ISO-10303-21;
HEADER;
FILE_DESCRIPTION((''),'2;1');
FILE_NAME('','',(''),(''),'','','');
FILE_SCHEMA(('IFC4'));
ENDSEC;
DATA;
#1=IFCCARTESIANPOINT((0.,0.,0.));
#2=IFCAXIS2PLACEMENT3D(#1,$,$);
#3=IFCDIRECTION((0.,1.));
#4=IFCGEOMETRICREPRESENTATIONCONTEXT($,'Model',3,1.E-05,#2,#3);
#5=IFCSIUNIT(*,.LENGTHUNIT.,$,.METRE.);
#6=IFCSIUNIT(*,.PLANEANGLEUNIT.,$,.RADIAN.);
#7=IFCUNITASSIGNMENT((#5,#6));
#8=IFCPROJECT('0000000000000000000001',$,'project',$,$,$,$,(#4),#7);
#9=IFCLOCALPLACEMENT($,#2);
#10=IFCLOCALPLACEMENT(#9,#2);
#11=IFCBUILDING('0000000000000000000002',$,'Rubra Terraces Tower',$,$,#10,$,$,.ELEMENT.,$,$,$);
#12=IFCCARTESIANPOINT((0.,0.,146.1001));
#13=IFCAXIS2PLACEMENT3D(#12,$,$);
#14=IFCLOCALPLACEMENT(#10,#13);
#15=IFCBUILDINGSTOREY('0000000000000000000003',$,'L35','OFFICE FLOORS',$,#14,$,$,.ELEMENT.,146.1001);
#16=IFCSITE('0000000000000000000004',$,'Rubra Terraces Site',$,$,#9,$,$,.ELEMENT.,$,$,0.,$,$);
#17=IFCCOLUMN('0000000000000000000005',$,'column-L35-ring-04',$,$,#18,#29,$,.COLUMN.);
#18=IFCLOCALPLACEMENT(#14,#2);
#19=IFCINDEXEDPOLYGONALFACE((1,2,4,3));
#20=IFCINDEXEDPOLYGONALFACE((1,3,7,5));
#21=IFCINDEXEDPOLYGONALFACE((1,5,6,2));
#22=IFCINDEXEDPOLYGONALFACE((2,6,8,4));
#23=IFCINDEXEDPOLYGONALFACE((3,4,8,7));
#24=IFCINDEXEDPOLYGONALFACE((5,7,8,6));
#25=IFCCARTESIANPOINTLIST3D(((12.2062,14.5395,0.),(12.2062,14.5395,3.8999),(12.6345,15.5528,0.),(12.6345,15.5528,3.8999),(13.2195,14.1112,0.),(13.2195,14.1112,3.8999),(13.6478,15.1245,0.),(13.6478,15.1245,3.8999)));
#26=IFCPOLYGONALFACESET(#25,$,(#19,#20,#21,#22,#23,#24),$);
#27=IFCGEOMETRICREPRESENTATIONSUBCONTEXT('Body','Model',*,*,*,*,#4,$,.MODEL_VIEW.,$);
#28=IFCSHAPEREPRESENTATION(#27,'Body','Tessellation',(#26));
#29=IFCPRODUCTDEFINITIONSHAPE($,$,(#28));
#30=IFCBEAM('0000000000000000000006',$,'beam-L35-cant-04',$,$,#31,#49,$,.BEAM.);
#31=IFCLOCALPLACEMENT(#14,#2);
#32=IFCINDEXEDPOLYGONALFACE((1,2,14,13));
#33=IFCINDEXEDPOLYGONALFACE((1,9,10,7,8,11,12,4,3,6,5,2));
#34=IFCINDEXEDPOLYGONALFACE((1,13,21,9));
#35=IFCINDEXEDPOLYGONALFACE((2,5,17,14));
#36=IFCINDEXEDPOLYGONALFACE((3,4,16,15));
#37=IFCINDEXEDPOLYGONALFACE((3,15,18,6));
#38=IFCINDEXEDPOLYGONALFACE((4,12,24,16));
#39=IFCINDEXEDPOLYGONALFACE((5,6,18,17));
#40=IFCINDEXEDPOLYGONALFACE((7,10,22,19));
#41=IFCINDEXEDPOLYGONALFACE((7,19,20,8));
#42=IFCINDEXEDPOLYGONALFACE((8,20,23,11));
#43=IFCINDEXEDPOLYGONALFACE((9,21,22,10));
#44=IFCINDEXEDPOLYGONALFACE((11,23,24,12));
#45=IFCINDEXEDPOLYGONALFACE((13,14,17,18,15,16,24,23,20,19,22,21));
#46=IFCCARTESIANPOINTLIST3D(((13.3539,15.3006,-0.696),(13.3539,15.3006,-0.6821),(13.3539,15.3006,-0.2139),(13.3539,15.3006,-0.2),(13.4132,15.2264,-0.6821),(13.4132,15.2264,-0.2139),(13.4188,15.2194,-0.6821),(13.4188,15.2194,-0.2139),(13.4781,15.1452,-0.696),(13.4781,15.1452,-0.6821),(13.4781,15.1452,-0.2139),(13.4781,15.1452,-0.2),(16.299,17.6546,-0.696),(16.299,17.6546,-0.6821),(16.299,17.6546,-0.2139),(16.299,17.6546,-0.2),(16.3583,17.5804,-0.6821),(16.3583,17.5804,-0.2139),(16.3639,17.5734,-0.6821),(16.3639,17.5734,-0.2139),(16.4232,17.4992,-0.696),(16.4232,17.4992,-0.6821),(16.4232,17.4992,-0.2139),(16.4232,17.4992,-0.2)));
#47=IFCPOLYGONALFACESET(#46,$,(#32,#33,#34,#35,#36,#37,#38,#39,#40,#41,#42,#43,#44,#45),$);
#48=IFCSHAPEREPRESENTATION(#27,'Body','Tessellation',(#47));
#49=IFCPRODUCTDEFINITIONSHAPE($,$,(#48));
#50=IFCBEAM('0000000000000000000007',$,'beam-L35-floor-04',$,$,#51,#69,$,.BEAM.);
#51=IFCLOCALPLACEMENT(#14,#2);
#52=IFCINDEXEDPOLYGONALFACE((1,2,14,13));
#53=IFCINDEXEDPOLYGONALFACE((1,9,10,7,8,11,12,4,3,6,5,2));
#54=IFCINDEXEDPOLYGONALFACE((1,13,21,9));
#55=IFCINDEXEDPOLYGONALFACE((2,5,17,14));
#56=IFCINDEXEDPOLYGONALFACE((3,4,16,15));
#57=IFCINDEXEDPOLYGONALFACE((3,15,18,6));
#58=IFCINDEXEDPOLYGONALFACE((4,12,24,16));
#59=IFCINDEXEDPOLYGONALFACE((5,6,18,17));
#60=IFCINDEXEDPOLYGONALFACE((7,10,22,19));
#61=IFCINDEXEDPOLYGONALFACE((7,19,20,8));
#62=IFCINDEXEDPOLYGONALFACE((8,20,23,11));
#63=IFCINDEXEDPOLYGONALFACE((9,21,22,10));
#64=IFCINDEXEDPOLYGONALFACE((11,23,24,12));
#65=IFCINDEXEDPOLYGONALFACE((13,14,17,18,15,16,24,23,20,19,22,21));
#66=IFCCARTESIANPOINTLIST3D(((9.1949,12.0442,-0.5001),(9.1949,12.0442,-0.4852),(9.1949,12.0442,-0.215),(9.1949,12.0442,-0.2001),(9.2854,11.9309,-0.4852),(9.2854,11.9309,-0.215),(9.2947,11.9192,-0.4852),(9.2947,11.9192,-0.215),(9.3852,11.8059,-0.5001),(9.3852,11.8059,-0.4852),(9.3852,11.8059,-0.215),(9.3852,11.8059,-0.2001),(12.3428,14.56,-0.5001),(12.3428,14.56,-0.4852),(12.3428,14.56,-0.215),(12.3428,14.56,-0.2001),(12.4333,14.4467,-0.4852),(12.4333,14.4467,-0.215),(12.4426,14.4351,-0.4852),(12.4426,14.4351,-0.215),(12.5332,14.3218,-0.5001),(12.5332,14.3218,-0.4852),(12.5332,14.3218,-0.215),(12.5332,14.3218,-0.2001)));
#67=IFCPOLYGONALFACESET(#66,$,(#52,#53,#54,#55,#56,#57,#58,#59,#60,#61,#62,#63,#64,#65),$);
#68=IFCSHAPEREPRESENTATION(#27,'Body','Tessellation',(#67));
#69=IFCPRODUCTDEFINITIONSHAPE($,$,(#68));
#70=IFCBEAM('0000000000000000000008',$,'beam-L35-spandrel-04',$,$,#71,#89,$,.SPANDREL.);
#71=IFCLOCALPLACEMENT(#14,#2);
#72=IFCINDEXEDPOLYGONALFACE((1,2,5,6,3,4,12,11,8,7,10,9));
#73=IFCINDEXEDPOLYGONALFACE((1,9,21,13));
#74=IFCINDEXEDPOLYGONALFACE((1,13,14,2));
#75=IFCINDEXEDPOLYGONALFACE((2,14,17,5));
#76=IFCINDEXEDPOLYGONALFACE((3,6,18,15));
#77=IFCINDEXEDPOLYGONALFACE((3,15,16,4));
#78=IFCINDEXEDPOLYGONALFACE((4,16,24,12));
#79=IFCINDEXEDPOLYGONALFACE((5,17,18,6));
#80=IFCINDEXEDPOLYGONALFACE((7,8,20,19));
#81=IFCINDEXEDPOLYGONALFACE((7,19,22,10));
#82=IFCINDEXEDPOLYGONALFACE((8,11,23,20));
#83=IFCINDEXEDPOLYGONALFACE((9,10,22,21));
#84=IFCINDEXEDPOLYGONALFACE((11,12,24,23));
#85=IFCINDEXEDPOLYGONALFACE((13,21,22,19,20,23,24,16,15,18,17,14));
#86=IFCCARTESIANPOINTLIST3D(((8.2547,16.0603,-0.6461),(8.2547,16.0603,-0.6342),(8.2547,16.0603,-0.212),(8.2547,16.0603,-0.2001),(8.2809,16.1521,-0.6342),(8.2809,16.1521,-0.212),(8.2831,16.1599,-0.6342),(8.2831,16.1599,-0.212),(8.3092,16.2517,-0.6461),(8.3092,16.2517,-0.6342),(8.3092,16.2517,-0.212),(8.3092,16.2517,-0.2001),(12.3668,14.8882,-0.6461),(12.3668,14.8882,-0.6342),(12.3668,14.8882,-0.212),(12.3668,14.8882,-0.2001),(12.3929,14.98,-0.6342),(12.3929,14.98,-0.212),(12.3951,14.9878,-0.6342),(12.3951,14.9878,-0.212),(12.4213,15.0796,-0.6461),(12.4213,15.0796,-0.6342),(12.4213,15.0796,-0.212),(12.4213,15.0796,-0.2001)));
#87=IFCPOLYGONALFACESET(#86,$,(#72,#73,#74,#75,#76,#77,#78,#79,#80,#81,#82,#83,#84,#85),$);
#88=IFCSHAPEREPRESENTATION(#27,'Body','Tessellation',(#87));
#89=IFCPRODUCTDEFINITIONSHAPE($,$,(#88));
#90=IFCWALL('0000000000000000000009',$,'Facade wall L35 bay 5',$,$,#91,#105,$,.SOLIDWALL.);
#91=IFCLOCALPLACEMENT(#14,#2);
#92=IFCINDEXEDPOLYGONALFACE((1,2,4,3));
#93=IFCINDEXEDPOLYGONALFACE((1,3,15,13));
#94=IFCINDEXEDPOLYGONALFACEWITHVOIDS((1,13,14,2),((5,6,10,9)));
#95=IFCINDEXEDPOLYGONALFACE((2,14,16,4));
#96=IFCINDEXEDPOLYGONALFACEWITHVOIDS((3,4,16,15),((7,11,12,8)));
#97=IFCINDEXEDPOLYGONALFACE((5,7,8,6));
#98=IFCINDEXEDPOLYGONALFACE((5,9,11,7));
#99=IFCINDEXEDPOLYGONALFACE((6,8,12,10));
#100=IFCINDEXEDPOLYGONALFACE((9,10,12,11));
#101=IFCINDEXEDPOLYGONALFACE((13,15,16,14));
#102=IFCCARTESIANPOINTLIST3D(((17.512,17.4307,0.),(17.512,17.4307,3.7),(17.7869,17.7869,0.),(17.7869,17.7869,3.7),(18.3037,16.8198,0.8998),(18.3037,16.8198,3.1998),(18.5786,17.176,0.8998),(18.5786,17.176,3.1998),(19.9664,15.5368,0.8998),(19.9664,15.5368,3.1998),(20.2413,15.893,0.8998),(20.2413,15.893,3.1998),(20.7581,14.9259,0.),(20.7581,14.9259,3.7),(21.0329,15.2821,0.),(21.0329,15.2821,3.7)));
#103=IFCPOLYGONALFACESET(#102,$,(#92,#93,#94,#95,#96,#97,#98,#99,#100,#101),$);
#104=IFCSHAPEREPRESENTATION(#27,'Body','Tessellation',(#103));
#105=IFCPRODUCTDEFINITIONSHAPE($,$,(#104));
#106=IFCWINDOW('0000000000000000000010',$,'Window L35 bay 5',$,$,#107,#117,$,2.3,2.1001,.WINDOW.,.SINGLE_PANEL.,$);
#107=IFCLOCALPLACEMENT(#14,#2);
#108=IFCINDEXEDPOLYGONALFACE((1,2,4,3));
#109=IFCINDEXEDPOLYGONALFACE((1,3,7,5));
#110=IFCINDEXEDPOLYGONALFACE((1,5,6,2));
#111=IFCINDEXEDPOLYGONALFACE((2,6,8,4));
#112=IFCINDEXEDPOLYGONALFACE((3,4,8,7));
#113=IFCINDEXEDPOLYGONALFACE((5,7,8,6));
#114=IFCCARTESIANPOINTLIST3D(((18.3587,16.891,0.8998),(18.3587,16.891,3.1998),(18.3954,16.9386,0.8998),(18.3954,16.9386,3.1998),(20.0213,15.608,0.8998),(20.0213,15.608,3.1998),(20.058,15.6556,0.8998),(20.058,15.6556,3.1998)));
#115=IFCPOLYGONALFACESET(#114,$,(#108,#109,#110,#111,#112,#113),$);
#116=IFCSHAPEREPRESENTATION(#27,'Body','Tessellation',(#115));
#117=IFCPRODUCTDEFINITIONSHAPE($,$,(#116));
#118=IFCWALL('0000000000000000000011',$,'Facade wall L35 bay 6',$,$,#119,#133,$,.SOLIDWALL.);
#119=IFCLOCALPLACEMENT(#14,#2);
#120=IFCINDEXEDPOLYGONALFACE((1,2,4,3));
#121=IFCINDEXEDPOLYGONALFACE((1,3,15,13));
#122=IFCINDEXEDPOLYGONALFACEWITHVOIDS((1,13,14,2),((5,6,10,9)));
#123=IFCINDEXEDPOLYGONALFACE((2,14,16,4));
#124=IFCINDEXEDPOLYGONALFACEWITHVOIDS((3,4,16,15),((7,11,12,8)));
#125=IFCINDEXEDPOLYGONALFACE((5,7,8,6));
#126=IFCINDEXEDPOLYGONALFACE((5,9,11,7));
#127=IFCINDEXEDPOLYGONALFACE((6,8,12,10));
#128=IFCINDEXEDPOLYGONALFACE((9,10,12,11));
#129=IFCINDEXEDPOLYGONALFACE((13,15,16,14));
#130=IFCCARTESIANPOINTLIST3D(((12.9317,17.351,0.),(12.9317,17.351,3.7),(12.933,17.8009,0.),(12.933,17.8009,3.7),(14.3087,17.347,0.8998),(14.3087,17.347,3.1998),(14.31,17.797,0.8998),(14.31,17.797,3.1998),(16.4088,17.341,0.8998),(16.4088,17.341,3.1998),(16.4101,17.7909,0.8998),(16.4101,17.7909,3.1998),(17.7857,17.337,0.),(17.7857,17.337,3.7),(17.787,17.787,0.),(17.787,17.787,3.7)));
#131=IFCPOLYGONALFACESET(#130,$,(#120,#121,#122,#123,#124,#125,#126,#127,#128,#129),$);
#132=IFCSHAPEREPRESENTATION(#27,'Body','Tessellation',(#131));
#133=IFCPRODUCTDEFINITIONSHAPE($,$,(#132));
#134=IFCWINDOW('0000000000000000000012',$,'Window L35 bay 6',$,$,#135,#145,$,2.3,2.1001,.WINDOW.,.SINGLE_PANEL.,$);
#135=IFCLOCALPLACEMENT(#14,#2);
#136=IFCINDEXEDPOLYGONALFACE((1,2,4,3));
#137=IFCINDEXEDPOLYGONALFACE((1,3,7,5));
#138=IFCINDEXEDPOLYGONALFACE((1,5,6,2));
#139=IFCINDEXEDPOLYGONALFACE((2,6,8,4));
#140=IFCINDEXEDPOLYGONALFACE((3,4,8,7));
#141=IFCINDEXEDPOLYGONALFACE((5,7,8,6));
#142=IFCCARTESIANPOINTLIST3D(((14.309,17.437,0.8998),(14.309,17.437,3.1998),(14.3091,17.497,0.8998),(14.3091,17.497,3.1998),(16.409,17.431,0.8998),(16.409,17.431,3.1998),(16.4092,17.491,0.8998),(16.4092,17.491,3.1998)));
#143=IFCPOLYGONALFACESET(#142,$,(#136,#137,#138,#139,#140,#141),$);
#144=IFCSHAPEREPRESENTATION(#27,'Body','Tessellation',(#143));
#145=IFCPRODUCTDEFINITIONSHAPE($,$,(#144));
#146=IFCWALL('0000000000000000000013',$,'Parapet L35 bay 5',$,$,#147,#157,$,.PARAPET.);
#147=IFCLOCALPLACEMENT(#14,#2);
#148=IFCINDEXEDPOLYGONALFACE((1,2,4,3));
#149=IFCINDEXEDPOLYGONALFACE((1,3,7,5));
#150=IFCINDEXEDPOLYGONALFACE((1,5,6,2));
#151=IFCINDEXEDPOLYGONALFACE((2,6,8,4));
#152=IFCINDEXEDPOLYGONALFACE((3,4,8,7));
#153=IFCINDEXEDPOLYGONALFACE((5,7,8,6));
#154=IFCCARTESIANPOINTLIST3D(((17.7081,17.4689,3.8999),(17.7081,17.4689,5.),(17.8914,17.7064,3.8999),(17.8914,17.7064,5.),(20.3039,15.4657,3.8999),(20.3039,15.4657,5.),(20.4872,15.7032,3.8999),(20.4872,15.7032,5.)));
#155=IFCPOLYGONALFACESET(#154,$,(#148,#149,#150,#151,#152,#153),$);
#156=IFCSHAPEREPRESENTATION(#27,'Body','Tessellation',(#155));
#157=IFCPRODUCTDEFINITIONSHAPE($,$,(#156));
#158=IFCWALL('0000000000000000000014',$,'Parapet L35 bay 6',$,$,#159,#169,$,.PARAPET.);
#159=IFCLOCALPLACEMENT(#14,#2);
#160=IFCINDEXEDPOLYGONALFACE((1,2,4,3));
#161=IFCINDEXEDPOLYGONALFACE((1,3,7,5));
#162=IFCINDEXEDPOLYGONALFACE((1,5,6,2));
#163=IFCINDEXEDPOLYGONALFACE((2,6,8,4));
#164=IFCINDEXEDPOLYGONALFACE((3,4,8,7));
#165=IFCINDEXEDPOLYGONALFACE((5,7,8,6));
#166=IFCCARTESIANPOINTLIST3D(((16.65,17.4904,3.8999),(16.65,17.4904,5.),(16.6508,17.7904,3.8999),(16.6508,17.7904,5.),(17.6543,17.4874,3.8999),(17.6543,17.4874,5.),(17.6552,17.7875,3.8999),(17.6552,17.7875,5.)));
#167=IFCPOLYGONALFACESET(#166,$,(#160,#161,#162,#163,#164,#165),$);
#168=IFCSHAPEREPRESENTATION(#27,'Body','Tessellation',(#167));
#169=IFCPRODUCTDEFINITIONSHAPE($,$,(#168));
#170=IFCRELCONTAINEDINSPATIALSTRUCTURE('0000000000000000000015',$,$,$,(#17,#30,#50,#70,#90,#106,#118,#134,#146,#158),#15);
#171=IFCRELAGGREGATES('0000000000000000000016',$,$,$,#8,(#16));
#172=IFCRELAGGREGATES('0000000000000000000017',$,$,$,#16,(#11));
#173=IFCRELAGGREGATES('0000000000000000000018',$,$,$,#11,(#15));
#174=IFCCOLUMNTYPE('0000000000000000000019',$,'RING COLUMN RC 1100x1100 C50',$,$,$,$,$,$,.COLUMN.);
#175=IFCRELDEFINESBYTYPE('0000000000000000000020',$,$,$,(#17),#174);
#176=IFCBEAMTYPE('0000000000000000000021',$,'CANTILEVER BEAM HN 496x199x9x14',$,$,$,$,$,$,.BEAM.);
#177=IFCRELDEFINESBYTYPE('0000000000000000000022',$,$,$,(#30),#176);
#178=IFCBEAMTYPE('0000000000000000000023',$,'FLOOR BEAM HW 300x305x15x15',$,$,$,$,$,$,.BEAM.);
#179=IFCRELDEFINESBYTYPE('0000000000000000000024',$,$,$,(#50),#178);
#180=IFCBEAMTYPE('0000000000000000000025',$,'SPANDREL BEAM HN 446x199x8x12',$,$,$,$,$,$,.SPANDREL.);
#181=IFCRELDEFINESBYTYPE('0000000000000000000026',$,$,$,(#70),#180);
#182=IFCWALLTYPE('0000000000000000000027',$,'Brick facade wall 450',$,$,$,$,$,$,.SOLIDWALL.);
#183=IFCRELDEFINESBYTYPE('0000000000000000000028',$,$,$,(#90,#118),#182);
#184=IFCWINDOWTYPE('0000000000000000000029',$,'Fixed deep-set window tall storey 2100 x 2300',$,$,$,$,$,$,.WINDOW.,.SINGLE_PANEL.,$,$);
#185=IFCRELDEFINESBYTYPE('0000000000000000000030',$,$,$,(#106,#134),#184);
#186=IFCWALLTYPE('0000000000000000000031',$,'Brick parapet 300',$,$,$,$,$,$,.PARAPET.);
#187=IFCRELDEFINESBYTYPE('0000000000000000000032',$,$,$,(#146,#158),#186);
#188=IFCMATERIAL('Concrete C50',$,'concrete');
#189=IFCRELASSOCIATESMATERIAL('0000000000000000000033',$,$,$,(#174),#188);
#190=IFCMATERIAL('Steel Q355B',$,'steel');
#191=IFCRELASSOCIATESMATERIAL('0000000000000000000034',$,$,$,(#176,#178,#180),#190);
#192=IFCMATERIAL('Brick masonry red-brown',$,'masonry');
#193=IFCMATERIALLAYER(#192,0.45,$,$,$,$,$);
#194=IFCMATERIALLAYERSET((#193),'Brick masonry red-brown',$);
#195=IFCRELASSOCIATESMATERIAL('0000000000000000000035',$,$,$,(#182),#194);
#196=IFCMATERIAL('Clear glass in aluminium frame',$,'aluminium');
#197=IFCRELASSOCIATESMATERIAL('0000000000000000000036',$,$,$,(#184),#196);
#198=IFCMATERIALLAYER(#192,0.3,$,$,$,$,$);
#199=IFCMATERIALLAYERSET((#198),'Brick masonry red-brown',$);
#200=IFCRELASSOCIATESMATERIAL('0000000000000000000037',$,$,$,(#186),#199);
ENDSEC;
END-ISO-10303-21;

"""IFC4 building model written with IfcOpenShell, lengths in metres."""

from ifc_helpers import new_model, si_unit, direction, frame, frame_2d, origin, origin_2d, place, context, subcontext, project, spatial, rectangle, i_section, extrude, material, layer, layer_set, material_profile, profile_set, type_object, element, fill, save


model = new_model("IFC4")

# Units and contexts
model_context = context("Model", 3, precision=1e-05, world=origin(), true_north=direction((0.0, 1.0)))
body_context = subcontext(model_context, "Body", "Model", "MODEL_VIEW")
ifc_project = project(units=[si_unit("LENGTHUNIT", "METRE"), si_unit("PLANEANGLEUNIT", "RADIAN")], contexts=[model_context])

# Site, building, storey
site_placement = place(None, origin())
site = spatial("IfcSite", under=ifc_project, at=site_placement, Name="Rubra Terraces Site", CompositionType="ELEMENT", RefElevation=0.0)
building_placement = place(site_placement, origin())
building = spatial("IfcBuilding", under=site, at=building_placement, Name="Rubra Terraces Tower", CompositionType="ELEMENT")
storey_placement = place(building_placement, frame((0.0, 0.0, 146.1001)))
storey = spatial("IfcBuildingStorey", under=building, at=storey_placement, Name="L35", Description="OFFICE FLOORS", CompositionType="ELEMENT", Elevation=146.1001)

# Column
ifc_material_1 = material(Name="Concrete C50", Category="concrete")
ifc_material_profile_1 = material_profile(ifc_material_1, rectangle(XDim=1.1001, YDim=1.1001, at=origin_2d()), Name="RC 1100x1100")
ifc_profile_set_1 = profile_set([ifc_material_profile_1], Name="Concrete C50")
column_type = type_object("IfcColumnType", Name="RING COLUMN RC 1100x1100 C50", PredefinedType="COLUMN", material=ifc_profile_set_1)
column_placement = place(storey_placement, frame((12.927, 14.832, 0.0), z_axis=(0.0, 0.0, 1.0), x_axis=(-0.921106, 0.389313, 0.0)))
element("IfcColumn", 1, at=column_placement, inside=storey, type_object=column_type, Name="column-L35-ring-04", PredefinedType="COLUMN", context=body_context, shape_type="SweptSolid", body=[
    extrude(rectangle(XDim=1.1001, YDim=1.1001, at=origin_2d()), origin(), (0.0, 0.0, 1.0), 3.8999),
])

# Beams
ifc_material_2 = material(Name="Steel Q355B", Category="steel")
ifc_material_profile_2 = material_profile(ifc_material_2, i_section(OverallWidth=0.199, OverallDepth=0.4961, WebThickness=0.009, FlangeThickness=0.0139, at=origin_2d()), Name="HN 496x199x9x14")
ifc_profile_set_2 = profile_set([ifc_material_profile_2], Name="Steel Q355B")
beam_type_1 = type_object("IfcBeamType", Name="CANTILEVER BEAM HN 496x199x9x14", PredefinedType="BEAM", material=ifc_profile_set_2)
beam_1_placement = place(storey_placement, frame((13.416, 15.2229, -0.448), z_axis=(0.781134, 0.624363, 0.0), x_axis=(-0.624363, 0.781134, 0.0)))
element("IfcBeam", 2, at=beam_1_placement, inside=storey, type_object=beam_type_1, Name="beam-L35-cant-04", PredefinedType="BEAM", context=body_context, shape_type="SweptSolid", body=[
    extrude(i_section(OverallWidth=0.199, OverallDepth=0.4961, WebThickness=0.009, FlangeThickness=0.0139, at=origin_2d()), origin(), (0.0, 0.0, 1.0), 3.7703),
])
ifc_material_profile_3 = material_profile(ifc_material_2, i_section(OverallWidth=0.3049, OverallDepth=0.3, WebThickness=0.0149, FlangeThickness=0.0149, at=origin_2d()), Name="HW 300x305x15x15")
ifc_profile_set_3 = profile_set([ifc_material_profile_3], Name="Steel Q355B")
beam_type_2 = type_object("IfcBeamType", Name="FLOOR BEAM HW 300x305x15x15", PredefinedType="BEAM", material=ifc_profile_set_3)
beam_2_placement = place(storey_placement, frame((12.438, 14.4409, -0.3501), z_axis=(-0.78117, -0.624318, 0.0), x_axis=(0.624318, -0.78117, 0.0)))
element("IfcBeam", 3, at=beam_2_placement, inside=storey, type_object=beam_type_2, Name="beam-L35-floor-04", PredefinedType="BEAM", context=body_context, shape_type="SweptSolid", body=[
    extrude(i_section(OverallWidth=0.3049, OverallDepth=0.3, WebThickness=0.0149, FlangeThickness=0.0149, at=origin_2d()), origin(), (0.0, 0.0, 1.0), 4.0298),
])
ifc_material_profile_4 = material_profile(ifc_material_2, i_section(OverallWidth=0.199, OverallDepth=0.446, WebThickness=0.0081, FlangeThickness=0.012, at=origin_2d()), Name="HN 446x199x8x12")
ifc_profile_set_4 = profile_set([ifc_material_profile_4], Name="Steel Q355B")
beam_type_3 = type_object("IfcBeamType", Name="SPANDREL BEAM HN 446x199x8x12", PredefinedType="SPANDREL", material=ifc_profile_set_4)
beam_3_placement = place(storey_placement, frame((12.394, 14.9839, -0.4231), z_axis=(-0.961694, 0.274125, 0.0), x_axis=(-0.274125, -0.961694, 0.0)))
element("IfcBeam", 4, at=beam_3_placement, inside=storey, type_object=beam_type_3, Name="beam-L35-spandrel-04", PredefinedType="SPANDREL", context=body_context, shape_type="SweptSolid", body=[
    extrude(i_section(OverallWidth=0.199, OverallDepth=0.446, WebThickness=0.0081, FlangeThickness=0.012, at=origin_2d()), origin(), (0.0, 0.0, 1.0), 4.2759),
])

# Walls, openings, windows
ifc_material_3 = material(Name="Brick masonry red-brown", Category="masonry")
ifc_layer_1 = layer(ifc_material_3, 0.45)
ifc_layer_set_1 = layer_set([ifc_layer_1], Name="Brick masonry red-brown")
wall_type_1 = type_object("IfcWallType", Name="Brick facade wall 450", PredefinedType="SOLIDWALL", material=ifc_layer_set_1)
wall_1_placement = place(storey_placement, frame((20.8955, 15.104, 0.0), z_axis=(0.0, 0.0, 1.0), x_axis=(-0.791693, 0.610919, 0.0)))
wall_1 = element("IfcWall", 5, at=wall_1_placement, inside=storey, type_object=wall_type_1, Name="Facade wall L35 bay 5", PredefinedType="SOLIDWALL", context=body_context, shape_type="SweptSolid", body=[
    extrude(rectangle(XDim=4.1001, YDim=0.45, at=frame_2d((2.05, 0.0))), origin(), (0.0, 0.0, 1.0), 3.7),
])
opening_1_placement = place(wall_1_placement, frame((1.0, 0.0, 0.8999)))
opening_1 = element("IfcOpeningElement", 6, at=opening_1_placement, cuts=wall_1, PredefinedType="OPENING", context=body_context, shape_type="SweptSolid", body=[
    extrude(rectangle(XDim=2.1001, YDim=2.3, at=frame_2d((1.05, 1.1499))), frame((0.0, 0.2349, 0.0), z_axis=(0.0, -1.0, 0.0), x_axis=(1.0, 0.0, 0.0)), (0.0, 0.0, 1.0), 0.47),
])
ifc_material_4 = material(Name="Clear glass in aluminium frame", Category="aluminium")
window_type = type_object("IfcWindowType", Name="Fixed deep-set window tall storey 2100 x 2300", PartitioningType="SINGLE_PANEL", PredefinedType="WINDOW", material=ifc_material_4)
window_1_placement = place(opening_1_placement, origin())
window_1 = element("IfcWindow", 7, at=window_1_placement, inside=storey, type_object=window_type, Name="Window L35 bay 5", OverallHeight=2.3, OverallWidth=2.1001, PartitioningType="SINGLE_PANEL", PredefinedType="WINDOW", context=body_context, shape_type="SweptSolid", body=[
    extrude(rectangle(XDim=2.1001, YDim=2.3, at=frame_2d((1.05, 1.1499))), frame((0.0, 0.135, 0.0), z_axis=(0.0, -1.0, 0.0), x_axis=(1.0, 0.0, 0.0)), (0.0, 0.0, 1.0), 0.0601),
])
fill(opening_1, window_1)
wall_2_placement = place(storey_placement, frame((17.7864, 17.562, 0.0), z_axis=(0.0, 0.0, 1.0), x_axis=(-0.999996, 0.002867, 0.0)))
wall_2 = element("IfcWall", 8, at=wall_2_placement, inside=storey, type_object=wall_type_1, Name="Facade wall L35 bay 6", PredefinedType="SOLIDWALL", context=body_context, shape_type="SweptSolid", body=[
    extrude(rectangle(XDim=4.854, YDim=0.45, at=frame_2d((2.427, 0.0))), origin(), (0.0, 0.0, 1.0), 3.7),
])
opening_2_placement = place(wall_2_placement, frame((1.377, 0.0, 0.8999)))
opening_2 = element("IfcOpeningElement", 9, at=opening_2_placement, cuts=wall_2, PredefinedType="OPENING", context=body_context, shape_type="SweptSolid", body=[
    extrude(rectangle(XDim=2.1001, YDim=2.3, at=frame_2d((1.05, 1.1499))), frame((0.0, 0.2349, 0.0), z_axis=(0.0, -1.0, 0.0), x_axis=(1.0, 0.0, 0.0)), (0.0, 0.0, 1.0), 0.47),
])
window_2_placement = place(opening_2_placement, origin())
window_2 = element("IfcWindow", 10, at=window_2_placement, inside=storey, type_object=window_type, Name="Window L35 bay 6", OverallHeight=2.3, OverallWidth=2.1001, PartitioningType="SINGLE_PANEL", PredefinedType="WINDOW", context=body_context, shape_type="SweptSolid", body=[
    extrude(rectangle(XDim=2.1001, YDim=2.3, at=frame_2d((1.05, 1.1499))), frame((0.0, 0.135, 0.0), z_axis=(0.0, -1.0, 0.0), x_axis=(1.0, 0.0, 0.0)), (0.0, 0.0, 1.0), 0.0601),
])
fill(opening_2, window_2)

# Walls
ifc_layer_2 = layer(ifc_material_3, 0.3)
ifc_layer_set_2 = layer_set([ifc_layer_2], Name="Brick masonry red-brown")
wall_type_2 = type_object("IfcWallType", Name="Brick parapet 300", PredefinedType="PARAPET", material=ifc_layer_set_2)
wall_3_placement = place(storey_placement, frame((20.3955, 15.5845, 3.8999), z_axis=(0.0, 0.0, 1.0), x_axis=(-0.791668, 0.610951, 0.0)))
element("IfcWall", 11, at=wall_3_placement, inside=storey, type_object=wall_type_2, Name="Parapet L35 bay 5", PredefinedType="PARAPET", context=body_context, shape_type="SweptSolid", body=[
    extrude(rectangle(XDim=3.2788, YDim=0.3, at=frame_2d((1.6394, 0.0))), origin(), (0.0, 0.0, 1.0), 1.1001),
])
wall_4_placement = place(storey_placement, frame((17.6548, 17.6375, 3.8999), z_axis=(0.0, 0.0, 1.0), x_axis=(-0.999996, 0.002917, 0.0)))
element("IfcWall", 12, at=wall_4_placement, inside=storey, type_object=wall_type_2, Name="Parapet L35 bay 6", PredefinedType="PARAPET", context=body_context, shape_type="SweptSolid", body=[
    extrude(rectangle(XDim=1.0044, YDim=0.3, at=frame_2d((0.5022, 0.0))), origin(), (0.0, 0.0, 1.0), 1.1001),
])

save(model, "model.ifc")
